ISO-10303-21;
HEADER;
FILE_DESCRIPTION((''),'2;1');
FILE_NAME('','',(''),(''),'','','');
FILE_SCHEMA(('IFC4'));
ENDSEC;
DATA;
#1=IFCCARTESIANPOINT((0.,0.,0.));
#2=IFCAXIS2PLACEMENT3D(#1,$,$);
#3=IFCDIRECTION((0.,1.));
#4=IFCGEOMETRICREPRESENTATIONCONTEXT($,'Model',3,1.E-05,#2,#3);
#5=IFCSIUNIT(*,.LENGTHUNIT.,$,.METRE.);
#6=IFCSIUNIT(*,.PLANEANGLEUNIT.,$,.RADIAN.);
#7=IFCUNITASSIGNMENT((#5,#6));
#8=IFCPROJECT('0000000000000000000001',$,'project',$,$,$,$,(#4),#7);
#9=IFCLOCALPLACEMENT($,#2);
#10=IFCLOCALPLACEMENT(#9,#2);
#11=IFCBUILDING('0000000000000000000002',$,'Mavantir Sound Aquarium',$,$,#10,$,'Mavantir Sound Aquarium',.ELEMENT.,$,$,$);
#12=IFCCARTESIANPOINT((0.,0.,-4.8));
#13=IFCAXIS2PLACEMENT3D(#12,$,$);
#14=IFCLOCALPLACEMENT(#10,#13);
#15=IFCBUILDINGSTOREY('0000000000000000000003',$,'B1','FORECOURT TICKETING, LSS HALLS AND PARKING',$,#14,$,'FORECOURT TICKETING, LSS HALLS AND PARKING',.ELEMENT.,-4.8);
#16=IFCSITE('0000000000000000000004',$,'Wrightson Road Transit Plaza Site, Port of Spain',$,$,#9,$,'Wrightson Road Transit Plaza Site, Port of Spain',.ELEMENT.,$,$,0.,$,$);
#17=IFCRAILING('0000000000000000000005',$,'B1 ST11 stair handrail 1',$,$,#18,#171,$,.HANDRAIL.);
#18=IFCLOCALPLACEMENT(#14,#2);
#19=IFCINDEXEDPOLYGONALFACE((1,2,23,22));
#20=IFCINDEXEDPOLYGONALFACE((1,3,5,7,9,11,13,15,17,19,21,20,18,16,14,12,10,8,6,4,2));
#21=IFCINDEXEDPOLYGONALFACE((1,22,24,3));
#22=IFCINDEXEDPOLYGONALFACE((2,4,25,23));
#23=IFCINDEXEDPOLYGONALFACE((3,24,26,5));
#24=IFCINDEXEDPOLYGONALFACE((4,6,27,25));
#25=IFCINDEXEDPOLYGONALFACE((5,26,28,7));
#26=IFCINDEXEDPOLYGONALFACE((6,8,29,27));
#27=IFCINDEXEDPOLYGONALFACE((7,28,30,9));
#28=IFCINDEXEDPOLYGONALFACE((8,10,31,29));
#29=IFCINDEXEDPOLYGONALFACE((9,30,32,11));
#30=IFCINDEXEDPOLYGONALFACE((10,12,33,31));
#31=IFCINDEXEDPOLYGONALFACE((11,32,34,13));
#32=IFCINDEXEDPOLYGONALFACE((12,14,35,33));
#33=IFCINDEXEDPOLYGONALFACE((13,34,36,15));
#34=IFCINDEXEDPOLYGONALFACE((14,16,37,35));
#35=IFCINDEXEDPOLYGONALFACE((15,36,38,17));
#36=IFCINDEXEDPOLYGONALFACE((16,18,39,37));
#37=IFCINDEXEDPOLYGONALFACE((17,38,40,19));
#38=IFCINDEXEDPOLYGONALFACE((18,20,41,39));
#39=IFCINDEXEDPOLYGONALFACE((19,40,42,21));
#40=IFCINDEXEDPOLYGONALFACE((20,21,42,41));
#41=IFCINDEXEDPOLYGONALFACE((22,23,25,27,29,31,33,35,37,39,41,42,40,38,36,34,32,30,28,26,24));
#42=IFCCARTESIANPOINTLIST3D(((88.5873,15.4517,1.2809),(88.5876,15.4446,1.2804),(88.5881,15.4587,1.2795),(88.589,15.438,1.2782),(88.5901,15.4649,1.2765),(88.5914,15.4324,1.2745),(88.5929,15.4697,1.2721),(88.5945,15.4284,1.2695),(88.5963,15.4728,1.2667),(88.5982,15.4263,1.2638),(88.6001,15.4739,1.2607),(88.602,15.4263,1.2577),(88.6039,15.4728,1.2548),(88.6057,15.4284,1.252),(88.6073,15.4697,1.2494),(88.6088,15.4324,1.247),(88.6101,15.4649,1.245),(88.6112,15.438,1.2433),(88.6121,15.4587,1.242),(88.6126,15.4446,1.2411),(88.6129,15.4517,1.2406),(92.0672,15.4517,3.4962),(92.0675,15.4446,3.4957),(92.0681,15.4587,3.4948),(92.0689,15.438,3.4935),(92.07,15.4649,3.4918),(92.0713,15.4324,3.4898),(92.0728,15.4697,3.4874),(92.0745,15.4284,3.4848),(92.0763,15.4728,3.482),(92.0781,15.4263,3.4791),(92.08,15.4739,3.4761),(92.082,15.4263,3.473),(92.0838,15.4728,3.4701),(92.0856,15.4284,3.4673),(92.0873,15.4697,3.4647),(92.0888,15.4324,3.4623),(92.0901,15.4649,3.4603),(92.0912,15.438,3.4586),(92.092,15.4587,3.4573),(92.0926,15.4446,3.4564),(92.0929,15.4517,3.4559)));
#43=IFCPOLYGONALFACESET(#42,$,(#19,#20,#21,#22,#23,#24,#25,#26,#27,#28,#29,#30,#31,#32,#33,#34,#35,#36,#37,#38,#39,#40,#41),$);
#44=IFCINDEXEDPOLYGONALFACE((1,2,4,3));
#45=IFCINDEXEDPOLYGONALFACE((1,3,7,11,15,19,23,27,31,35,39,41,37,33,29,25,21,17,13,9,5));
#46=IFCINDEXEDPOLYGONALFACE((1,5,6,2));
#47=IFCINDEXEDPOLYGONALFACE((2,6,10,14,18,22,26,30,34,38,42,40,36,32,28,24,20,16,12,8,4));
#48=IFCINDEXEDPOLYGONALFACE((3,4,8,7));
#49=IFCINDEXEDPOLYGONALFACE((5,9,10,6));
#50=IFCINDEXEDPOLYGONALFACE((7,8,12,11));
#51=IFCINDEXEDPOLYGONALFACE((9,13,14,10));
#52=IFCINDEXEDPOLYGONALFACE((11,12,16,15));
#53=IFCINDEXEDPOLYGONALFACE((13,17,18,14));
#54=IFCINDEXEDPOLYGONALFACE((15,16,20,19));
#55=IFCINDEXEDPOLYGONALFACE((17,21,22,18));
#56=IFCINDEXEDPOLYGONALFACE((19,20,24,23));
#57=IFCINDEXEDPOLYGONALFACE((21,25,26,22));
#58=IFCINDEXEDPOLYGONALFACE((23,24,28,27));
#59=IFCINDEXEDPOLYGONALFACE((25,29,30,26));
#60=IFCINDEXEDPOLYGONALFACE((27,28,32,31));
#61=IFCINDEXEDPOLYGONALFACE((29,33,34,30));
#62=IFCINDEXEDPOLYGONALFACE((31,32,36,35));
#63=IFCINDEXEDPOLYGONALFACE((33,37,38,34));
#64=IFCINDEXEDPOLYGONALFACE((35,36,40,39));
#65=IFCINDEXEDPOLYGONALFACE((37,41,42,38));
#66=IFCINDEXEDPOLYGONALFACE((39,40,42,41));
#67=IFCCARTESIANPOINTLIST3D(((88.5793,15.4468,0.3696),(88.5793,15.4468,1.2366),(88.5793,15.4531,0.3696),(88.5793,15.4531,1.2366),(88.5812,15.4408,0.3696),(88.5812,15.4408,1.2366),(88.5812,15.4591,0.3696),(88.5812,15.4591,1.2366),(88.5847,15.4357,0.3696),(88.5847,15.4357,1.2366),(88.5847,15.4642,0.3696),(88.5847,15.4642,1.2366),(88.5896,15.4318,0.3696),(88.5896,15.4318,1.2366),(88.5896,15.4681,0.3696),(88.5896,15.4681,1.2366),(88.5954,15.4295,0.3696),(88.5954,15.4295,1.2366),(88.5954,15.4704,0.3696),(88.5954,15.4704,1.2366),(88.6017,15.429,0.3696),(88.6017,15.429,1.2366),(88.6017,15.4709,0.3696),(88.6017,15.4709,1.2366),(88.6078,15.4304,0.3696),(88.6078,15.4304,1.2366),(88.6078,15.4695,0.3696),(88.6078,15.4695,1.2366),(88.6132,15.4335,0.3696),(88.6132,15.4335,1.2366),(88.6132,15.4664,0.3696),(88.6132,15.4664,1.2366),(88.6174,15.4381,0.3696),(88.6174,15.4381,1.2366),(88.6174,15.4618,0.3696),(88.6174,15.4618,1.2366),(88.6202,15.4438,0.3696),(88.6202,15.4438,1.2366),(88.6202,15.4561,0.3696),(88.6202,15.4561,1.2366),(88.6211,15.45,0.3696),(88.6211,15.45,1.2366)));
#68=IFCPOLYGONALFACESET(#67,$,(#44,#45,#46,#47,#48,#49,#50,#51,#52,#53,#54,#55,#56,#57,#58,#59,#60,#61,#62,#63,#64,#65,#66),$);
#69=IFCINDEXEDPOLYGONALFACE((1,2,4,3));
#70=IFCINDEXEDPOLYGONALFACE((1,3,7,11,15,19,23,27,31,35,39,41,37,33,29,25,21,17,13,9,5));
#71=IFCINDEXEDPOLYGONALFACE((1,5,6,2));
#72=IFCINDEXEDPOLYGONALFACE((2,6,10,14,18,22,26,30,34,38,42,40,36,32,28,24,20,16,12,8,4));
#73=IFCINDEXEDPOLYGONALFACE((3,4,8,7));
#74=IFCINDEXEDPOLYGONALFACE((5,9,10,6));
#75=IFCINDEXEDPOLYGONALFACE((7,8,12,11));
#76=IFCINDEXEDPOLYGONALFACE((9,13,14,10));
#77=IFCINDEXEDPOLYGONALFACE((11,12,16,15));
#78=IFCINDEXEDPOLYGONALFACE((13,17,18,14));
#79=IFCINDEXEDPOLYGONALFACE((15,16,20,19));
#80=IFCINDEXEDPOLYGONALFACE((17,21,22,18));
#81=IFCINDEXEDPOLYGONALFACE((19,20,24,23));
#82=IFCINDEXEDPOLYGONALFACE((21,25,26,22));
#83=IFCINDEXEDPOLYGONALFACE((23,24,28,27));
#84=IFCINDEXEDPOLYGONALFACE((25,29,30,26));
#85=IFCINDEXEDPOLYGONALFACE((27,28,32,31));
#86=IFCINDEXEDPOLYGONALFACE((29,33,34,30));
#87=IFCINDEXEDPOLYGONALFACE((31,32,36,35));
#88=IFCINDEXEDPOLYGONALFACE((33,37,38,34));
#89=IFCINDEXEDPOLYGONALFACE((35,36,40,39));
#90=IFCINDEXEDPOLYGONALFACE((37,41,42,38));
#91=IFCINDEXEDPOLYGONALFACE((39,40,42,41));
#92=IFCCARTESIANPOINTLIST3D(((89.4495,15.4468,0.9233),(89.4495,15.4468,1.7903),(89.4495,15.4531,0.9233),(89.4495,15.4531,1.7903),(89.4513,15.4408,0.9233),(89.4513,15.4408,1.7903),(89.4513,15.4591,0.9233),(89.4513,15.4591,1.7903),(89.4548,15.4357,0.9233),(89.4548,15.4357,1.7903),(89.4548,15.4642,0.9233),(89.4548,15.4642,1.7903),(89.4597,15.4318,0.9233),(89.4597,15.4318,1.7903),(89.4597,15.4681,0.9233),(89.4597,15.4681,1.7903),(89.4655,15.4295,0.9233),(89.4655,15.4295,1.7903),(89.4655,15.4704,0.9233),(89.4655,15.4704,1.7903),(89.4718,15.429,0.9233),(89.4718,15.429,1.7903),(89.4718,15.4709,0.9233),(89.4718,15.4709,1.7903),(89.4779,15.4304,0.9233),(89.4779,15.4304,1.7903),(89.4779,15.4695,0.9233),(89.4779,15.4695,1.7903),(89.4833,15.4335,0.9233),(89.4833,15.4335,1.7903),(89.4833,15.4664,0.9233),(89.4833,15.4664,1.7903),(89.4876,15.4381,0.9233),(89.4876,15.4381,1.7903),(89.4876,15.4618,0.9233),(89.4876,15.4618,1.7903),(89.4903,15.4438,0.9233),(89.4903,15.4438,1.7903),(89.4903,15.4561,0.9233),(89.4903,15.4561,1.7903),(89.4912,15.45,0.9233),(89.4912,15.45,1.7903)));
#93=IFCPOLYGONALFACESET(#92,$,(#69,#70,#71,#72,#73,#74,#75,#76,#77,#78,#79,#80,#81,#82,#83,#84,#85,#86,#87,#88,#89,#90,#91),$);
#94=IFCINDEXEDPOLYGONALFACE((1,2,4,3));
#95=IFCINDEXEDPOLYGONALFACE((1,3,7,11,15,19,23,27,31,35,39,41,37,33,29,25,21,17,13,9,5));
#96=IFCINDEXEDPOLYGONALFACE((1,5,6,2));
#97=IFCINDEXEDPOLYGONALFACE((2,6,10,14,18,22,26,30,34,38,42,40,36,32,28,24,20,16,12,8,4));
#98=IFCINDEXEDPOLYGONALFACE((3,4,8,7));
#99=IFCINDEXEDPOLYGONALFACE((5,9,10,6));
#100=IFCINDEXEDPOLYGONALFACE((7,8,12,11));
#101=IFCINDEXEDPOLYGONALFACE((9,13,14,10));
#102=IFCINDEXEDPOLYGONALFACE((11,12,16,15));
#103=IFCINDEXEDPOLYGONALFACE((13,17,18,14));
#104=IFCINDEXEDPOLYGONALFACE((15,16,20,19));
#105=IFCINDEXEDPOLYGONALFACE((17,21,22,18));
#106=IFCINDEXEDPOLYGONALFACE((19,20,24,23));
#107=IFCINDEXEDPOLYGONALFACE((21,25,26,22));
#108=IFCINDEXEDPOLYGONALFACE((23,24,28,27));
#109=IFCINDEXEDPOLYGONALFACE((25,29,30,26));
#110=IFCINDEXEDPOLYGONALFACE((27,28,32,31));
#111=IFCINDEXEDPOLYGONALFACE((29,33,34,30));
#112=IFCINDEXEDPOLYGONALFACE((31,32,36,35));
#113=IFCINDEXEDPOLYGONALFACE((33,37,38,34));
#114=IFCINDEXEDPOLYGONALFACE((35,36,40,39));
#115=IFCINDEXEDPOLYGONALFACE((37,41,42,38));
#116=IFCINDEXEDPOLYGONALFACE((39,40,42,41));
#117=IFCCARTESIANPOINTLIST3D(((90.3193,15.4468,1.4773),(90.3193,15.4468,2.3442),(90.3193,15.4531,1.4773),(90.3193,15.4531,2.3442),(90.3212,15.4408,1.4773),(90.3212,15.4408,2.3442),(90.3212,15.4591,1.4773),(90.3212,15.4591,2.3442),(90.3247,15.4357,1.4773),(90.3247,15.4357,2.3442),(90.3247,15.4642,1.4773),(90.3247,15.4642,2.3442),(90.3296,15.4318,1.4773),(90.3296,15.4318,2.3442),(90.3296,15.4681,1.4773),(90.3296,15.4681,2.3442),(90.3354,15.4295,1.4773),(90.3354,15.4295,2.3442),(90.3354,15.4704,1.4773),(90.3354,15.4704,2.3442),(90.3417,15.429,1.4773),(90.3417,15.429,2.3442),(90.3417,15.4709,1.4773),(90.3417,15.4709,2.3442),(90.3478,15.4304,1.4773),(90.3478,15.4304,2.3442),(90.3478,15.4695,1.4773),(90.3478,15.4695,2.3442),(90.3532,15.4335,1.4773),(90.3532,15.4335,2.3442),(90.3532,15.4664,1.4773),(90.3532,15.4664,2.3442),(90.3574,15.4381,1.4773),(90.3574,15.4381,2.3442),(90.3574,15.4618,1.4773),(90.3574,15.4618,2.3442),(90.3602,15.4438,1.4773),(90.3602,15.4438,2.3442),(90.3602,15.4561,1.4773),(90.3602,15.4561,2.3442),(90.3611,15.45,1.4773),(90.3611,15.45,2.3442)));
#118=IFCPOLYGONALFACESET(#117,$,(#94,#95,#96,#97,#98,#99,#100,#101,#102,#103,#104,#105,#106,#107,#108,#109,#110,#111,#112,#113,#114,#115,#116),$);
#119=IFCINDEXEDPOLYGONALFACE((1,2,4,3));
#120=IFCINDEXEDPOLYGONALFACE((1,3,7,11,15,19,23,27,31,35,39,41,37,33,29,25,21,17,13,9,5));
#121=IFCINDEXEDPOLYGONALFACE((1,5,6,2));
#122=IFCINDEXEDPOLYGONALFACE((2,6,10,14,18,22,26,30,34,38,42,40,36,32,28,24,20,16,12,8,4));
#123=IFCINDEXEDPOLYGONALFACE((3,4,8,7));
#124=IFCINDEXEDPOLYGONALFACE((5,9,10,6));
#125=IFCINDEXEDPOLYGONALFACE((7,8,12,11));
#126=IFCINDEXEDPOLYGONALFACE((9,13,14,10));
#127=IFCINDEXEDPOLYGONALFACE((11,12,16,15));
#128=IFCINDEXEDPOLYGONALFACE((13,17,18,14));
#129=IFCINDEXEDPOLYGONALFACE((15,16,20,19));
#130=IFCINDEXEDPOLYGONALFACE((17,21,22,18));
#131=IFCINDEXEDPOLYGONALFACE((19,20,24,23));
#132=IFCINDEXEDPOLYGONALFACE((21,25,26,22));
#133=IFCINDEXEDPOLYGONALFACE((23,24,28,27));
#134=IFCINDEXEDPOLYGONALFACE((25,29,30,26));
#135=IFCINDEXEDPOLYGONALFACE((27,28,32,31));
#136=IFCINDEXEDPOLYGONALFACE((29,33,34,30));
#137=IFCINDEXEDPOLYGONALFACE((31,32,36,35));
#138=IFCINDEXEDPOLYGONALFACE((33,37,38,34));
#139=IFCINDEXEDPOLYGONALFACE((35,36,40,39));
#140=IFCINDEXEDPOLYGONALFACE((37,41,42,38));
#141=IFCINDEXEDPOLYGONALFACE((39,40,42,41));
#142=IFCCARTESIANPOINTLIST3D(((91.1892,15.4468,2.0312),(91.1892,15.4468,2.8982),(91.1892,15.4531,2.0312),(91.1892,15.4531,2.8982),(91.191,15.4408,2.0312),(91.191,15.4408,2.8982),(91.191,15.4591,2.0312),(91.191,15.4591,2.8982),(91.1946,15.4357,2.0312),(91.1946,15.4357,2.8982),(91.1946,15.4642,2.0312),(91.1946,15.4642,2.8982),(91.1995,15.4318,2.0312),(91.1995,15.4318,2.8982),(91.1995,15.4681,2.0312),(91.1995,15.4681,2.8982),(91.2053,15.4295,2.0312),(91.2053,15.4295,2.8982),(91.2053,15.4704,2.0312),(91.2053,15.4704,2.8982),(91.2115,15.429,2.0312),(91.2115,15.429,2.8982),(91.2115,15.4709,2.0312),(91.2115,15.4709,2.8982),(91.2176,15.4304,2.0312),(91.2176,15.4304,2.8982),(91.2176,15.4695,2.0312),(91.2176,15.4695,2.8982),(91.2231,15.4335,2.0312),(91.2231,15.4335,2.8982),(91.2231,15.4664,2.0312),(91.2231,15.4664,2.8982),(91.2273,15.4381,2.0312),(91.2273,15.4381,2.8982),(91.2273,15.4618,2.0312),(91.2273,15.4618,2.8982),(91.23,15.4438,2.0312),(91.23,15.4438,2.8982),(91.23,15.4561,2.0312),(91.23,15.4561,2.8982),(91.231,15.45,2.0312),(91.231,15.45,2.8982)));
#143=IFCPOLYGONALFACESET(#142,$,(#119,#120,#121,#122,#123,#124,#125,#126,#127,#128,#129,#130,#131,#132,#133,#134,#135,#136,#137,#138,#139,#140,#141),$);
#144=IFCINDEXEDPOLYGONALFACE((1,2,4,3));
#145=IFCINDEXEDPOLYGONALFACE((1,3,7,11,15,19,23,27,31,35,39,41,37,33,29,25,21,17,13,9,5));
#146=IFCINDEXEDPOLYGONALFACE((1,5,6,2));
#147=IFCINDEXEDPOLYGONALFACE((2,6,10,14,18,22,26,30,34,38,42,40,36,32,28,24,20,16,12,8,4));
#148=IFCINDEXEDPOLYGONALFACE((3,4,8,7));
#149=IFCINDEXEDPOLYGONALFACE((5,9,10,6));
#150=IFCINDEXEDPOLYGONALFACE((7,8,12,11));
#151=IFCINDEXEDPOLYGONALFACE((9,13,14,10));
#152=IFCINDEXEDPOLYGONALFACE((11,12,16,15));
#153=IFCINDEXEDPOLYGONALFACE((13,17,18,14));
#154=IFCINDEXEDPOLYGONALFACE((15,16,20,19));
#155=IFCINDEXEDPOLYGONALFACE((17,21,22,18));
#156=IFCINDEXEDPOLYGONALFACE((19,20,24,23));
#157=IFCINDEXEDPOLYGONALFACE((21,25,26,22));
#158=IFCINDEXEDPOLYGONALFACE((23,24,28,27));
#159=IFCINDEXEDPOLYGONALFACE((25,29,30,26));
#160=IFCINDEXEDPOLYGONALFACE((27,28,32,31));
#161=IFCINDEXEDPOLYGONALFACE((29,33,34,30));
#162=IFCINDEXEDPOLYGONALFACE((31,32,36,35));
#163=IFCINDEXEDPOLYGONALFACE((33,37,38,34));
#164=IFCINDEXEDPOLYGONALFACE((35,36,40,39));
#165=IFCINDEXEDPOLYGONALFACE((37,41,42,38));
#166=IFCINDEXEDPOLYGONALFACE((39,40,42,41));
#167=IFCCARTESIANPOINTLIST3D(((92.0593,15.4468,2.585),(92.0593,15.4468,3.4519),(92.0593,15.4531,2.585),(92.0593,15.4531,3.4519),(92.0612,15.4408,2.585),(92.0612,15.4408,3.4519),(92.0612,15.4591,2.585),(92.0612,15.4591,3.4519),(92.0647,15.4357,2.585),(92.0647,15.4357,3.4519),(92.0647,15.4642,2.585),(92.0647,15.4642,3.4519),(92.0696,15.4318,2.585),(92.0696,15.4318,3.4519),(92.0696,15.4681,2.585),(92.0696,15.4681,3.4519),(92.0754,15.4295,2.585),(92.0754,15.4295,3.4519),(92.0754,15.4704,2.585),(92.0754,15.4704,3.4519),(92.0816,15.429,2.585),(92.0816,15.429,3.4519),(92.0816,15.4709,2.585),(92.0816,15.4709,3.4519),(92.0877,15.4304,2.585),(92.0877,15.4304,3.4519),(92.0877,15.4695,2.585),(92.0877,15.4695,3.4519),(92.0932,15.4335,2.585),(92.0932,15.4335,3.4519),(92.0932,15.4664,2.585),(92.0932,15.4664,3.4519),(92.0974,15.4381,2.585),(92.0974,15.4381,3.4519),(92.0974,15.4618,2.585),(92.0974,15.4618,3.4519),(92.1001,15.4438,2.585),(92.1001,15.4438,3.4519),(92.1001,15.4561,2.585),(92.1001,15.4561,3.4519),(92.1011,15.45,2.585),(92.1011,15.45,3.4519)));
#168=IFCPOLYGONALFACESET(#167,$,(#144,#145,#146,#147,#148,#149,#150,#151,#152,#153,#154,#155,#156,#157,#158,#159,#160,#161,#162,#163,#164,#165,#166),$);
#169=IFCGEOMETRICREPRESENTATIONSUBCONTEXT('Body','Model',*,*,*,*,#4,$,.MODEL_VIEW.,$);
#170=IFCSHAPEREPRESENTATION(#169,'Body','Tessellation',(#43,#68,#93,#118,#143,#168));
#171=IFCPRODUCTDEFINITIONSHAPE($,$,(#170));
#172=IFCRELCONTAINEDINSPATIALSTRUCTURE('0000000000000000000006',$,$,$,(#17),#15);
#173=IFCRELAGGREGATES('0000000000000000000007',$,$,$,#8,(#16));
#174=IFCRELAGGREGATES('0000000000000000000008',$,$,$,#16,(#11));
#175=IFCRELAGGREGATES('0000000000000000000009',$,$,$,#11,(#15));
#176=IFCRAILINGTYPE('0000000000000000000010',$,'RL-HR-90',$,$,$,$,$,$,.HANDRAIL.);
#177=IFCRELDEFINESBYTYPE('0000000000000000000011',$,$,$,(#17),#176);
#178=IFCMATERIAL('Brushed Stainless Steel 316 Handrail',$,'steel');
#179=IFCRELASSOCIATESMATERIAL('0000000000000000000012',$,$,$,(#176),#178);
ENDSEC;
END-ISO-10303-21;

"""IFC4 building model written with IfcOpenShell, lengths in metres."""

from ifc_helpers import new_model, si_unit, direction, frame, origin, origin_2d, place, context, subcontext, project, spatial, circle, extrude, material, type_object, element, save


model = new_model("IFC4")

# Units and contexts
model_context = context("Model", 3, precision=1e-05, world=origin(), true_north=direction((0.0, 1.0)))
body_context = subcontext(model_context, "Body", "Model", "MODEL_VIEW")
ifc_project = project(units=[si_unit("LENGTHUNIT", "METRE"), si_unit("PLANEANGLEUNIT", "RADIAN")], contexts=[model_context])

# Site, building, storey
site_placement = place(None, origin())
site = spatial("IfcSite", under=ifc_project, at=site_placement, Name="Wrightson Road Transit Plaza Site, Port of Spain", LongName="Wrightson Road Transit Plaza Site, Port of Spain", CompositionType="ELEMENT", RefElevation=0.0)
building_placement = place(site_placement, origin())
building = spatial("IfcBuilding", under=site, at=building_placement, Name="Mavantir Sound Aquarium", LongName="Mavantir Sound Aquarium", CompositionType="ELEMENT")
storey_placement = place(building_placement, frame((0.0, 0.0, -4.8)))
storey = spatial("IfcBuildingStorey", under=building, at=storey_placement, Name="B1", Description="FORECOURT TICKETING, LSS HALLS AND PARKING", LongName="FORECOURT TICKETING, LSS HALLS AND PARKING", CompositionType="ELEMENT", Elevation=-4.8)

# Railing
ifc_material_1 = material(Name="Brushed Stainless Steel 316 Handrail", Category="steel")
railing_type_1 = type_object("IfcRailingType", Name="RL-HR-90", PredefinedType="HANDRAIL", material=ifc_material_1)
railing_1_placement = place(storey_placement, frame((88.6001, 15.45, 0.3696)))
element("IfcRailing", 1, at=railing_1_placement, inside=storey, type_object=railing_type_1, Name="B1 ST11 stair handrail 1", PredefinedType="HANDRAIL", context=body_context, shape_type="SweptSolid", body=[
    extrude(circle(Radius=0.0239, at=origin_2d()), frame((0.0, 0.0, 0.8911), z_axis=(0.843574, 0.0, 0.537013), x_axis=(0.0, 1.0, 0.0)), (0.0, 0.0, 1.0), 4.1252),
    extrude(circle(Radius=0.021, at=origin_2d()), origin(), (0.0, 0.0, 1.0), 0.8669),
    extrude(circle(Radius=0.021, at=origin_2d()), frame((0.8701, 0.0, 0.5537)), (0.0, 0.0, 1.0), 0.8669),
    extrude(circle(Radius=0.021, at=origin_2d()), frame((1.74, 0.0, 1.1077)), (0.0, 0.0, 1.0), 0.8669),
    extrude(circle(Radius=0.021, at=origin_2d()), frame((2.6099, 0.0, 1.6616)), (0.0, 0.0, 1.0), 0.8669),
    extrude(circle(Radius=0.021, at=origin_2d()), frame((3.48, 0.0, 2.2153)), (0.0, 0.0, 1.0), 0.8669),
])

save(model, "model.ifc")
